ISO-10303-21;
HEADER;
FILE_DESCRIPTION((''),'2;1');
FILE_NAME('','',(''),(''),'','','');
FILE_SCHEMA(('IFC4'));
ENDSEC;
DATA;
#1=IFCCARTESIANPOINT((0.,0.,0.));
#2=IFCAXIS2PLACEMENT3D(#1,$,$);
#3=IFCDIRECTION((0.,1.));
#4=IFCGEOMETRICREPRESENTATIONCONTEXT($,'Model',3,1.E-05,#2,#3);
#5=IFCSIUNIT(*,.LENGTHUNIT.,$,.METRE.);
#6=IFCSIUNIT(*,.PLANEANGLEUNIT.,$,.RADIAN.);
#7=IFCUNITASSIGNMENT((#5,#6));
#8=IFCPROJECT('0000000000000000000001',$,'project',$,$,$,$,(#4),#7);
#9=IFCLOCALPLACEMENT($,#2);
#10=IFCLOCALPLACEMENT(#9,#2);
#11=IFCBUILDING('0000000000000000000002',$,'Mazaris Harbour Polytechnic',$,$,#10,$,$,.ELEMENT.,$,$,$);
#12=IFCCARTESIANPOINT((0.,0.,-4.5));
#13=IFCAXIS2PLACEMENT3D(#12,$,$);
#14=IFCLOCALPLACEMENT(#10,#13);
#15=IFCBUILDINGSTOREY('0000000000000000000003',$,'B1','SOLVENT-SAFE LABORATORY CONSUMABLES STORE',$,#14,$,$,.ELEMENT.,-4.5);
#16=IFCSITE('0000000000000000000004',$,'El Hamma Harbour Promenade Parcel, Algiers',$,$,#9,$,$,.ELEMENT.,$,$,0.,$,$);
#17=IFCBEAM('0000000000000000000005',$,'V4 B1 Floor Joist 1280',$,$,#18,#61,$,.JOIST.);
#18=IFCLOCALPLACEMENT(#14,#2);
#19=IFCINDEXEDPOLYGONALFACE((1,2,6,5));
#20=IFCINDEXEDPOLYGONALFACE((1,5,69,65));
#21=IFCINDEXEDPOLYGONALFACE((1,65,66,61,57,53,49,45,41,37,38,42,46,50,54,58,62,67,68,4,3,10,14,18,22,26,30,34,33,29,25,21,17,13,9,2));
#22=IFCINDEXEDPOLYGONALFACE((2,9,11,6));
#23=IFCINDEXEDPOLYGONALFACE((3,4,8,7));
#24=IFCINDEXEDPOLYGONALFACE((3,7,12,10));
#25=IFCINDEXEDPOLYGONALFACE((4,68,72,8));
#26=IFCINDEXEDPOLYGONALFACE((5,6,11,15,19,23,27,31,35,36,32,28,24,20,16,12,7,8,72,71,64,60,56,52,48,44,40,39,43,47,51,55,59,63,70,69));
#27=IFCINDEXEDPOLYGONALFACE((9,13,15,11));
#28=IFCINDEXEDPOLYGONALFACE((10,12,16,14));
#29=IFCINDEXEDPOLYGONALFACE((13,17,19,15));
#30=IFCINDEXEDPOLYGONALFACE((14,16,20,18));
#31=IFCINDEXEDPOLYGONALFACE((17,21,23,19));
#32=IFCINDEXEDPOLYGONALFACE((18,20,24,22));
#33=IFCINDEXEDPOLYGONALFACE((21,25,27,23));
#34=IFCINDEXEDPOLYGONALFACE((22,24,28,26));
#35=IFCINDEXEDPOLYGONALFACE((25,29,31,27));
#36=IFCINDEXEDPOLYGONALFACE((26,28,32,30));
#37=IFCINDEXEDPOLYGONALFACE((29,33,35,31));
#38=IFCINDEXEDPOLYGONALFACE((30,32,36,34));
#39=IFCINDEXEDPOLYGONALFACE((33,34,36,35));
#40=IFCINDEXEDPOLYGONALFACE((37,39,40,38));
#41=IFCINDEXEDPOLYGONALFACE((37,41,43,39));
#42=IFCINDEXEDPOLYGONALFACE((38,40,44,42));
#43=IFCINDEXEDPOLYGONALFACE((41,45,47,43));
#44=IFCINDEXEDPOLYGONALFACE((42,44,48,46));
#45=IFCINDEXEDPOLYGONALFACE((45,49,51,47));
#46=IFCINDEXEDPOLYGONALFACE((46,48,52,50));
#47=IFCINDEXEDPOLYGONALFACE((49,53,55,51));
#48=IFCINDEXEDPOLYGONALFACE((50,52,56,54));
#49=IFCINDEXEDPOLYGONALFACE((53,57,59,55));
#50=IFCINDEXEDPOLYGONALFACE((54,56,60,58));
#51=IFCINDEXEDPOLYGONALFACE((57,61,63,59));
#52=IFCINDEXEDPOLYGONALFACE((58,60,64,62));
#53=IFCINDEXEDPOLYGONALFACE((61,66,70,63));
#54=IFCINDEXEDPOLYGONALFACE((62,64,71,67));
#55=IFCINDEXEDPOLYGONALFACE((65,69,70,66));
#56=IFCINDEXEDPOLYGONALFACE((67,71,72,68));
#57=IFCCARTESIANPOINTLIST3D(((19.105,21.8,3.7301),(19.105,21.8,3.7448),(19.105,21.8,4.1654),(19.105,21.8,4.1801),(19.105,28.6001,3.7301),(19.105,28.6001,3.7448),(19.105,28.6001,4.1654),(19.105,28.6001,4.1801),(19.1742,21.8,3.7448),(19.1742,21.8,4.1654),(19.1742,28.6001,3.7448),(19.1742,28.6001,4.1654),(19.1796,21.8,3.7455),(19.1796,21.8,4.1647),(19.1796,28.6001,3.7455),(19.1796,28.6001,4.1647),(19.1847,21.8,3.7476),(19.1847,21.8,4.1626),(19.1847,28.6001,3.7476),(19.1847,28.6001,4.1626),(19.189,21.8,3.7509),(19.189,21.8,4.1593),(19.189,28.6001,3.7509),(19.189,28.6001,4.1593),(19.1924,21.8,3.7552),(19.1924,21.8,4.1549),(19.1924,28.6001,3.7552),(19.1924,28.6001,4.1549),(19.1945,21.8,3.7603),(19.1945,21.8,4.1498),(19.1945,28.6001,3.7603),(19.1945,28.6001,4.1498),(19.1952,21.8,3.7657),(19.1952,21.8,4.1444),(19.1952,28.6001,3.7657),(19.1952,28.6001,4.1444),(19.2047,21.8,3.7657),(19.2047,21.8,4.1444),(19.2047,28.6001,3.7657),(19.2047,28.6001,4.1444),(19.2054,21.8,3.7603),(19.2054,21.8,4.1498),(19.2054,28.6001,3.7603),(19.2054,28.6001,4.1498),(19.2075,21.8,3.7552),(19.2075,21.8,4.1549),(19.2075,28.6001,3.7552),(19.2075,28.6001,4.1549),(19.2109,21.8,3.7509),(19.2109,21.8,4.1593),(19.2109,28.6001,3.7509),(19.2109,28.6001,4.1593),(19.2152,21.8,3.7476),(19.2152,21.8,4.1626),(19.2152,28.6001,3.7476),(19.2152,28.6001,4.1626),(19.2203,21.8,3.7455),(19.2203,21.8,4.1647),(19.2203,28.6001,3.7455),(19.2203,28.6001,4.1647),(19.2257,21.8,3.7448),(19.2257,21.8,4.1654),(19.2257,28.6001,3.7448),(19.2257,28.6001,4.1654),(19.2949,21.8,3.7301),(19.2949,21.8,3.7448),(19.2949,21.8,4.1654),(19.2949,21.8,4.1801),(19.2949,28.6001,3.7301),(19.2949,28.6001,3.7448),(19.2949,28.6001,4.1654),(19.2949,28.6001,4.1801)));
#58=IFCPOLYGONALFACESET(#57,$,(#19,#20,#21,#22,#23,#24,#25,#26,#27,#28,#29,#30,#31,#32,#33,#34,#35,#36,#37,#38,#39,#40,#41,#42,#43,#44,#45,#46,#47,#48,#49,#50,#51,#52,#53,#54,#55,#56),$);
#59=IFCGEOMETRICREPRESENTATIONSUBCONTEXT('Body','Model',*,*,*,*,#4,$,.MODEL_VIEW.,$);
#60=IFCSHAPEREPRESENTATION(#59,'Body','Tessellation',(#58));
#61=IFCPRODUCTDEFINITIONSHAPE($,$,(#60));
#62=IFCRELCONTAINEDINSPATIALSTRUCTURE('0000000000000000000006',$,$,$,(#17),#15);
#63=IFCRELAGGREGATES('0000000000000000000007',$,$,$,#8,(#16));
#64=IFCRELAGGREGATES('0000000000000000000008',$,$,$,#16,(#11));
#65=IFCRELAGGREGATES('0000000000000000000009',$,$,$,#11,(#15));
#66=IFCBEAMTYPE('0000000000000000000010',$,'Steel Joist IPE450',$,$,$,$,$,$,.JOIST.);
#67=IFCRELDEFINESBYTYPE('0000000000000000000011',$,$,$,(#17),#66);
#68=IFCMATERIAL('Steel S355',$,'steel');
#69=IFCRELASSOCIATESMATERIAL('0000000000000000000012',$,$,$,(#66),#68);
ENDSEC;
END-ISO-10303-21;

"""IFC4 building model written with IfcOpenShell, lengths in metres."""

from ifc_helpers import new_model, si_unit, direction, frame, origin, origin_2d, place, context, subcontext, project, spatial, i_section, extrude, material, material_profile, profile_set, type_object, element, save


model = new_model("IFC4")

# Units and contexts
model_context = context("Model", 3, precision=1e-05, world=origin(), true_north=direction((0.0, 1.0)))
body_context = subcontext(model_context, "Body", "Model", "MODEL_VIEW")
ifc_project = project(units=[si_unit("LENGTHUNIT", "METRE"), si_unit("PLANEANGLEUNIT", "RADIAN")], contexts=[model_context])

# Site, building, storey
site_placement = place(None, origin())
site = spatial("IfcSite", under=ifc_project, at=site_placement, Name="El Hamma Harbour Promenade Parcel, Algiers", CompositionType="ELEMENT", RefElevation=0.0)
building_placement = place(site_placement, origin())
building = spatial("IfcBuilding", under=site, at=building_placement, Name="Mazaris Harbour Polytechnic", CompositionType="ELEMENT")
storey_placement = place(building_placement, frame((0.0, 0.0, -4.5)))
storey = spatial("IfcBuildingStorey", under=building, at=storey_placement, Name="B1", Description="SOLVENT-SAFE LABORATORY CONSUMABLES STORE", CompositionType="ELEMENT", Elevation=-4.5)

# Beam
ifc_material_1 = material(Name="Steel S355", Category="steel")
ifc_material_profile_1 = material_profile(ifc_material_1, i_section(OverallWidth=0.1899, OverallDepth=0.45, WebThickness=0.0095, FlangeThickness=0.0146, FilletRadius=0.021, at=origin_2d()), Name="IPE 450")
ifc_profile_set_1 = profile_set([ifc_material_profile_1], Name="Steel S355")
beam_type_1 = type_object("IfcBeamType", Name="Steel Joist IPE450", PredefinedType="JOIST", material=ifc_profile_set_1)
beam_1_placement = place(storey_placement, frame((19.2, 21.8, 3.9551), z_axis=(0.0, 1.0, 0.0), x_axis=(-1.0, 0.0, 0.0)))
element("IfcBeam", 1, at=beam_1_placement, inside=storey, type_object=beam_type_1, Name="V4 B1 Floor Joist 1280", PredefinedType="JOIST", context=body_context, shape_type="SweptSolid", body=[
    extrude(i_section(OverallWidth=0.1899, OverallDepth=0.45, WebThickness=0.0095, FlangeThickness=0.0146, FilletRadius=0.021, at=origin_2d()), origin(), (0.0, 0.0, 1.0), 6.8),
])

save(model, "model.ifc")
